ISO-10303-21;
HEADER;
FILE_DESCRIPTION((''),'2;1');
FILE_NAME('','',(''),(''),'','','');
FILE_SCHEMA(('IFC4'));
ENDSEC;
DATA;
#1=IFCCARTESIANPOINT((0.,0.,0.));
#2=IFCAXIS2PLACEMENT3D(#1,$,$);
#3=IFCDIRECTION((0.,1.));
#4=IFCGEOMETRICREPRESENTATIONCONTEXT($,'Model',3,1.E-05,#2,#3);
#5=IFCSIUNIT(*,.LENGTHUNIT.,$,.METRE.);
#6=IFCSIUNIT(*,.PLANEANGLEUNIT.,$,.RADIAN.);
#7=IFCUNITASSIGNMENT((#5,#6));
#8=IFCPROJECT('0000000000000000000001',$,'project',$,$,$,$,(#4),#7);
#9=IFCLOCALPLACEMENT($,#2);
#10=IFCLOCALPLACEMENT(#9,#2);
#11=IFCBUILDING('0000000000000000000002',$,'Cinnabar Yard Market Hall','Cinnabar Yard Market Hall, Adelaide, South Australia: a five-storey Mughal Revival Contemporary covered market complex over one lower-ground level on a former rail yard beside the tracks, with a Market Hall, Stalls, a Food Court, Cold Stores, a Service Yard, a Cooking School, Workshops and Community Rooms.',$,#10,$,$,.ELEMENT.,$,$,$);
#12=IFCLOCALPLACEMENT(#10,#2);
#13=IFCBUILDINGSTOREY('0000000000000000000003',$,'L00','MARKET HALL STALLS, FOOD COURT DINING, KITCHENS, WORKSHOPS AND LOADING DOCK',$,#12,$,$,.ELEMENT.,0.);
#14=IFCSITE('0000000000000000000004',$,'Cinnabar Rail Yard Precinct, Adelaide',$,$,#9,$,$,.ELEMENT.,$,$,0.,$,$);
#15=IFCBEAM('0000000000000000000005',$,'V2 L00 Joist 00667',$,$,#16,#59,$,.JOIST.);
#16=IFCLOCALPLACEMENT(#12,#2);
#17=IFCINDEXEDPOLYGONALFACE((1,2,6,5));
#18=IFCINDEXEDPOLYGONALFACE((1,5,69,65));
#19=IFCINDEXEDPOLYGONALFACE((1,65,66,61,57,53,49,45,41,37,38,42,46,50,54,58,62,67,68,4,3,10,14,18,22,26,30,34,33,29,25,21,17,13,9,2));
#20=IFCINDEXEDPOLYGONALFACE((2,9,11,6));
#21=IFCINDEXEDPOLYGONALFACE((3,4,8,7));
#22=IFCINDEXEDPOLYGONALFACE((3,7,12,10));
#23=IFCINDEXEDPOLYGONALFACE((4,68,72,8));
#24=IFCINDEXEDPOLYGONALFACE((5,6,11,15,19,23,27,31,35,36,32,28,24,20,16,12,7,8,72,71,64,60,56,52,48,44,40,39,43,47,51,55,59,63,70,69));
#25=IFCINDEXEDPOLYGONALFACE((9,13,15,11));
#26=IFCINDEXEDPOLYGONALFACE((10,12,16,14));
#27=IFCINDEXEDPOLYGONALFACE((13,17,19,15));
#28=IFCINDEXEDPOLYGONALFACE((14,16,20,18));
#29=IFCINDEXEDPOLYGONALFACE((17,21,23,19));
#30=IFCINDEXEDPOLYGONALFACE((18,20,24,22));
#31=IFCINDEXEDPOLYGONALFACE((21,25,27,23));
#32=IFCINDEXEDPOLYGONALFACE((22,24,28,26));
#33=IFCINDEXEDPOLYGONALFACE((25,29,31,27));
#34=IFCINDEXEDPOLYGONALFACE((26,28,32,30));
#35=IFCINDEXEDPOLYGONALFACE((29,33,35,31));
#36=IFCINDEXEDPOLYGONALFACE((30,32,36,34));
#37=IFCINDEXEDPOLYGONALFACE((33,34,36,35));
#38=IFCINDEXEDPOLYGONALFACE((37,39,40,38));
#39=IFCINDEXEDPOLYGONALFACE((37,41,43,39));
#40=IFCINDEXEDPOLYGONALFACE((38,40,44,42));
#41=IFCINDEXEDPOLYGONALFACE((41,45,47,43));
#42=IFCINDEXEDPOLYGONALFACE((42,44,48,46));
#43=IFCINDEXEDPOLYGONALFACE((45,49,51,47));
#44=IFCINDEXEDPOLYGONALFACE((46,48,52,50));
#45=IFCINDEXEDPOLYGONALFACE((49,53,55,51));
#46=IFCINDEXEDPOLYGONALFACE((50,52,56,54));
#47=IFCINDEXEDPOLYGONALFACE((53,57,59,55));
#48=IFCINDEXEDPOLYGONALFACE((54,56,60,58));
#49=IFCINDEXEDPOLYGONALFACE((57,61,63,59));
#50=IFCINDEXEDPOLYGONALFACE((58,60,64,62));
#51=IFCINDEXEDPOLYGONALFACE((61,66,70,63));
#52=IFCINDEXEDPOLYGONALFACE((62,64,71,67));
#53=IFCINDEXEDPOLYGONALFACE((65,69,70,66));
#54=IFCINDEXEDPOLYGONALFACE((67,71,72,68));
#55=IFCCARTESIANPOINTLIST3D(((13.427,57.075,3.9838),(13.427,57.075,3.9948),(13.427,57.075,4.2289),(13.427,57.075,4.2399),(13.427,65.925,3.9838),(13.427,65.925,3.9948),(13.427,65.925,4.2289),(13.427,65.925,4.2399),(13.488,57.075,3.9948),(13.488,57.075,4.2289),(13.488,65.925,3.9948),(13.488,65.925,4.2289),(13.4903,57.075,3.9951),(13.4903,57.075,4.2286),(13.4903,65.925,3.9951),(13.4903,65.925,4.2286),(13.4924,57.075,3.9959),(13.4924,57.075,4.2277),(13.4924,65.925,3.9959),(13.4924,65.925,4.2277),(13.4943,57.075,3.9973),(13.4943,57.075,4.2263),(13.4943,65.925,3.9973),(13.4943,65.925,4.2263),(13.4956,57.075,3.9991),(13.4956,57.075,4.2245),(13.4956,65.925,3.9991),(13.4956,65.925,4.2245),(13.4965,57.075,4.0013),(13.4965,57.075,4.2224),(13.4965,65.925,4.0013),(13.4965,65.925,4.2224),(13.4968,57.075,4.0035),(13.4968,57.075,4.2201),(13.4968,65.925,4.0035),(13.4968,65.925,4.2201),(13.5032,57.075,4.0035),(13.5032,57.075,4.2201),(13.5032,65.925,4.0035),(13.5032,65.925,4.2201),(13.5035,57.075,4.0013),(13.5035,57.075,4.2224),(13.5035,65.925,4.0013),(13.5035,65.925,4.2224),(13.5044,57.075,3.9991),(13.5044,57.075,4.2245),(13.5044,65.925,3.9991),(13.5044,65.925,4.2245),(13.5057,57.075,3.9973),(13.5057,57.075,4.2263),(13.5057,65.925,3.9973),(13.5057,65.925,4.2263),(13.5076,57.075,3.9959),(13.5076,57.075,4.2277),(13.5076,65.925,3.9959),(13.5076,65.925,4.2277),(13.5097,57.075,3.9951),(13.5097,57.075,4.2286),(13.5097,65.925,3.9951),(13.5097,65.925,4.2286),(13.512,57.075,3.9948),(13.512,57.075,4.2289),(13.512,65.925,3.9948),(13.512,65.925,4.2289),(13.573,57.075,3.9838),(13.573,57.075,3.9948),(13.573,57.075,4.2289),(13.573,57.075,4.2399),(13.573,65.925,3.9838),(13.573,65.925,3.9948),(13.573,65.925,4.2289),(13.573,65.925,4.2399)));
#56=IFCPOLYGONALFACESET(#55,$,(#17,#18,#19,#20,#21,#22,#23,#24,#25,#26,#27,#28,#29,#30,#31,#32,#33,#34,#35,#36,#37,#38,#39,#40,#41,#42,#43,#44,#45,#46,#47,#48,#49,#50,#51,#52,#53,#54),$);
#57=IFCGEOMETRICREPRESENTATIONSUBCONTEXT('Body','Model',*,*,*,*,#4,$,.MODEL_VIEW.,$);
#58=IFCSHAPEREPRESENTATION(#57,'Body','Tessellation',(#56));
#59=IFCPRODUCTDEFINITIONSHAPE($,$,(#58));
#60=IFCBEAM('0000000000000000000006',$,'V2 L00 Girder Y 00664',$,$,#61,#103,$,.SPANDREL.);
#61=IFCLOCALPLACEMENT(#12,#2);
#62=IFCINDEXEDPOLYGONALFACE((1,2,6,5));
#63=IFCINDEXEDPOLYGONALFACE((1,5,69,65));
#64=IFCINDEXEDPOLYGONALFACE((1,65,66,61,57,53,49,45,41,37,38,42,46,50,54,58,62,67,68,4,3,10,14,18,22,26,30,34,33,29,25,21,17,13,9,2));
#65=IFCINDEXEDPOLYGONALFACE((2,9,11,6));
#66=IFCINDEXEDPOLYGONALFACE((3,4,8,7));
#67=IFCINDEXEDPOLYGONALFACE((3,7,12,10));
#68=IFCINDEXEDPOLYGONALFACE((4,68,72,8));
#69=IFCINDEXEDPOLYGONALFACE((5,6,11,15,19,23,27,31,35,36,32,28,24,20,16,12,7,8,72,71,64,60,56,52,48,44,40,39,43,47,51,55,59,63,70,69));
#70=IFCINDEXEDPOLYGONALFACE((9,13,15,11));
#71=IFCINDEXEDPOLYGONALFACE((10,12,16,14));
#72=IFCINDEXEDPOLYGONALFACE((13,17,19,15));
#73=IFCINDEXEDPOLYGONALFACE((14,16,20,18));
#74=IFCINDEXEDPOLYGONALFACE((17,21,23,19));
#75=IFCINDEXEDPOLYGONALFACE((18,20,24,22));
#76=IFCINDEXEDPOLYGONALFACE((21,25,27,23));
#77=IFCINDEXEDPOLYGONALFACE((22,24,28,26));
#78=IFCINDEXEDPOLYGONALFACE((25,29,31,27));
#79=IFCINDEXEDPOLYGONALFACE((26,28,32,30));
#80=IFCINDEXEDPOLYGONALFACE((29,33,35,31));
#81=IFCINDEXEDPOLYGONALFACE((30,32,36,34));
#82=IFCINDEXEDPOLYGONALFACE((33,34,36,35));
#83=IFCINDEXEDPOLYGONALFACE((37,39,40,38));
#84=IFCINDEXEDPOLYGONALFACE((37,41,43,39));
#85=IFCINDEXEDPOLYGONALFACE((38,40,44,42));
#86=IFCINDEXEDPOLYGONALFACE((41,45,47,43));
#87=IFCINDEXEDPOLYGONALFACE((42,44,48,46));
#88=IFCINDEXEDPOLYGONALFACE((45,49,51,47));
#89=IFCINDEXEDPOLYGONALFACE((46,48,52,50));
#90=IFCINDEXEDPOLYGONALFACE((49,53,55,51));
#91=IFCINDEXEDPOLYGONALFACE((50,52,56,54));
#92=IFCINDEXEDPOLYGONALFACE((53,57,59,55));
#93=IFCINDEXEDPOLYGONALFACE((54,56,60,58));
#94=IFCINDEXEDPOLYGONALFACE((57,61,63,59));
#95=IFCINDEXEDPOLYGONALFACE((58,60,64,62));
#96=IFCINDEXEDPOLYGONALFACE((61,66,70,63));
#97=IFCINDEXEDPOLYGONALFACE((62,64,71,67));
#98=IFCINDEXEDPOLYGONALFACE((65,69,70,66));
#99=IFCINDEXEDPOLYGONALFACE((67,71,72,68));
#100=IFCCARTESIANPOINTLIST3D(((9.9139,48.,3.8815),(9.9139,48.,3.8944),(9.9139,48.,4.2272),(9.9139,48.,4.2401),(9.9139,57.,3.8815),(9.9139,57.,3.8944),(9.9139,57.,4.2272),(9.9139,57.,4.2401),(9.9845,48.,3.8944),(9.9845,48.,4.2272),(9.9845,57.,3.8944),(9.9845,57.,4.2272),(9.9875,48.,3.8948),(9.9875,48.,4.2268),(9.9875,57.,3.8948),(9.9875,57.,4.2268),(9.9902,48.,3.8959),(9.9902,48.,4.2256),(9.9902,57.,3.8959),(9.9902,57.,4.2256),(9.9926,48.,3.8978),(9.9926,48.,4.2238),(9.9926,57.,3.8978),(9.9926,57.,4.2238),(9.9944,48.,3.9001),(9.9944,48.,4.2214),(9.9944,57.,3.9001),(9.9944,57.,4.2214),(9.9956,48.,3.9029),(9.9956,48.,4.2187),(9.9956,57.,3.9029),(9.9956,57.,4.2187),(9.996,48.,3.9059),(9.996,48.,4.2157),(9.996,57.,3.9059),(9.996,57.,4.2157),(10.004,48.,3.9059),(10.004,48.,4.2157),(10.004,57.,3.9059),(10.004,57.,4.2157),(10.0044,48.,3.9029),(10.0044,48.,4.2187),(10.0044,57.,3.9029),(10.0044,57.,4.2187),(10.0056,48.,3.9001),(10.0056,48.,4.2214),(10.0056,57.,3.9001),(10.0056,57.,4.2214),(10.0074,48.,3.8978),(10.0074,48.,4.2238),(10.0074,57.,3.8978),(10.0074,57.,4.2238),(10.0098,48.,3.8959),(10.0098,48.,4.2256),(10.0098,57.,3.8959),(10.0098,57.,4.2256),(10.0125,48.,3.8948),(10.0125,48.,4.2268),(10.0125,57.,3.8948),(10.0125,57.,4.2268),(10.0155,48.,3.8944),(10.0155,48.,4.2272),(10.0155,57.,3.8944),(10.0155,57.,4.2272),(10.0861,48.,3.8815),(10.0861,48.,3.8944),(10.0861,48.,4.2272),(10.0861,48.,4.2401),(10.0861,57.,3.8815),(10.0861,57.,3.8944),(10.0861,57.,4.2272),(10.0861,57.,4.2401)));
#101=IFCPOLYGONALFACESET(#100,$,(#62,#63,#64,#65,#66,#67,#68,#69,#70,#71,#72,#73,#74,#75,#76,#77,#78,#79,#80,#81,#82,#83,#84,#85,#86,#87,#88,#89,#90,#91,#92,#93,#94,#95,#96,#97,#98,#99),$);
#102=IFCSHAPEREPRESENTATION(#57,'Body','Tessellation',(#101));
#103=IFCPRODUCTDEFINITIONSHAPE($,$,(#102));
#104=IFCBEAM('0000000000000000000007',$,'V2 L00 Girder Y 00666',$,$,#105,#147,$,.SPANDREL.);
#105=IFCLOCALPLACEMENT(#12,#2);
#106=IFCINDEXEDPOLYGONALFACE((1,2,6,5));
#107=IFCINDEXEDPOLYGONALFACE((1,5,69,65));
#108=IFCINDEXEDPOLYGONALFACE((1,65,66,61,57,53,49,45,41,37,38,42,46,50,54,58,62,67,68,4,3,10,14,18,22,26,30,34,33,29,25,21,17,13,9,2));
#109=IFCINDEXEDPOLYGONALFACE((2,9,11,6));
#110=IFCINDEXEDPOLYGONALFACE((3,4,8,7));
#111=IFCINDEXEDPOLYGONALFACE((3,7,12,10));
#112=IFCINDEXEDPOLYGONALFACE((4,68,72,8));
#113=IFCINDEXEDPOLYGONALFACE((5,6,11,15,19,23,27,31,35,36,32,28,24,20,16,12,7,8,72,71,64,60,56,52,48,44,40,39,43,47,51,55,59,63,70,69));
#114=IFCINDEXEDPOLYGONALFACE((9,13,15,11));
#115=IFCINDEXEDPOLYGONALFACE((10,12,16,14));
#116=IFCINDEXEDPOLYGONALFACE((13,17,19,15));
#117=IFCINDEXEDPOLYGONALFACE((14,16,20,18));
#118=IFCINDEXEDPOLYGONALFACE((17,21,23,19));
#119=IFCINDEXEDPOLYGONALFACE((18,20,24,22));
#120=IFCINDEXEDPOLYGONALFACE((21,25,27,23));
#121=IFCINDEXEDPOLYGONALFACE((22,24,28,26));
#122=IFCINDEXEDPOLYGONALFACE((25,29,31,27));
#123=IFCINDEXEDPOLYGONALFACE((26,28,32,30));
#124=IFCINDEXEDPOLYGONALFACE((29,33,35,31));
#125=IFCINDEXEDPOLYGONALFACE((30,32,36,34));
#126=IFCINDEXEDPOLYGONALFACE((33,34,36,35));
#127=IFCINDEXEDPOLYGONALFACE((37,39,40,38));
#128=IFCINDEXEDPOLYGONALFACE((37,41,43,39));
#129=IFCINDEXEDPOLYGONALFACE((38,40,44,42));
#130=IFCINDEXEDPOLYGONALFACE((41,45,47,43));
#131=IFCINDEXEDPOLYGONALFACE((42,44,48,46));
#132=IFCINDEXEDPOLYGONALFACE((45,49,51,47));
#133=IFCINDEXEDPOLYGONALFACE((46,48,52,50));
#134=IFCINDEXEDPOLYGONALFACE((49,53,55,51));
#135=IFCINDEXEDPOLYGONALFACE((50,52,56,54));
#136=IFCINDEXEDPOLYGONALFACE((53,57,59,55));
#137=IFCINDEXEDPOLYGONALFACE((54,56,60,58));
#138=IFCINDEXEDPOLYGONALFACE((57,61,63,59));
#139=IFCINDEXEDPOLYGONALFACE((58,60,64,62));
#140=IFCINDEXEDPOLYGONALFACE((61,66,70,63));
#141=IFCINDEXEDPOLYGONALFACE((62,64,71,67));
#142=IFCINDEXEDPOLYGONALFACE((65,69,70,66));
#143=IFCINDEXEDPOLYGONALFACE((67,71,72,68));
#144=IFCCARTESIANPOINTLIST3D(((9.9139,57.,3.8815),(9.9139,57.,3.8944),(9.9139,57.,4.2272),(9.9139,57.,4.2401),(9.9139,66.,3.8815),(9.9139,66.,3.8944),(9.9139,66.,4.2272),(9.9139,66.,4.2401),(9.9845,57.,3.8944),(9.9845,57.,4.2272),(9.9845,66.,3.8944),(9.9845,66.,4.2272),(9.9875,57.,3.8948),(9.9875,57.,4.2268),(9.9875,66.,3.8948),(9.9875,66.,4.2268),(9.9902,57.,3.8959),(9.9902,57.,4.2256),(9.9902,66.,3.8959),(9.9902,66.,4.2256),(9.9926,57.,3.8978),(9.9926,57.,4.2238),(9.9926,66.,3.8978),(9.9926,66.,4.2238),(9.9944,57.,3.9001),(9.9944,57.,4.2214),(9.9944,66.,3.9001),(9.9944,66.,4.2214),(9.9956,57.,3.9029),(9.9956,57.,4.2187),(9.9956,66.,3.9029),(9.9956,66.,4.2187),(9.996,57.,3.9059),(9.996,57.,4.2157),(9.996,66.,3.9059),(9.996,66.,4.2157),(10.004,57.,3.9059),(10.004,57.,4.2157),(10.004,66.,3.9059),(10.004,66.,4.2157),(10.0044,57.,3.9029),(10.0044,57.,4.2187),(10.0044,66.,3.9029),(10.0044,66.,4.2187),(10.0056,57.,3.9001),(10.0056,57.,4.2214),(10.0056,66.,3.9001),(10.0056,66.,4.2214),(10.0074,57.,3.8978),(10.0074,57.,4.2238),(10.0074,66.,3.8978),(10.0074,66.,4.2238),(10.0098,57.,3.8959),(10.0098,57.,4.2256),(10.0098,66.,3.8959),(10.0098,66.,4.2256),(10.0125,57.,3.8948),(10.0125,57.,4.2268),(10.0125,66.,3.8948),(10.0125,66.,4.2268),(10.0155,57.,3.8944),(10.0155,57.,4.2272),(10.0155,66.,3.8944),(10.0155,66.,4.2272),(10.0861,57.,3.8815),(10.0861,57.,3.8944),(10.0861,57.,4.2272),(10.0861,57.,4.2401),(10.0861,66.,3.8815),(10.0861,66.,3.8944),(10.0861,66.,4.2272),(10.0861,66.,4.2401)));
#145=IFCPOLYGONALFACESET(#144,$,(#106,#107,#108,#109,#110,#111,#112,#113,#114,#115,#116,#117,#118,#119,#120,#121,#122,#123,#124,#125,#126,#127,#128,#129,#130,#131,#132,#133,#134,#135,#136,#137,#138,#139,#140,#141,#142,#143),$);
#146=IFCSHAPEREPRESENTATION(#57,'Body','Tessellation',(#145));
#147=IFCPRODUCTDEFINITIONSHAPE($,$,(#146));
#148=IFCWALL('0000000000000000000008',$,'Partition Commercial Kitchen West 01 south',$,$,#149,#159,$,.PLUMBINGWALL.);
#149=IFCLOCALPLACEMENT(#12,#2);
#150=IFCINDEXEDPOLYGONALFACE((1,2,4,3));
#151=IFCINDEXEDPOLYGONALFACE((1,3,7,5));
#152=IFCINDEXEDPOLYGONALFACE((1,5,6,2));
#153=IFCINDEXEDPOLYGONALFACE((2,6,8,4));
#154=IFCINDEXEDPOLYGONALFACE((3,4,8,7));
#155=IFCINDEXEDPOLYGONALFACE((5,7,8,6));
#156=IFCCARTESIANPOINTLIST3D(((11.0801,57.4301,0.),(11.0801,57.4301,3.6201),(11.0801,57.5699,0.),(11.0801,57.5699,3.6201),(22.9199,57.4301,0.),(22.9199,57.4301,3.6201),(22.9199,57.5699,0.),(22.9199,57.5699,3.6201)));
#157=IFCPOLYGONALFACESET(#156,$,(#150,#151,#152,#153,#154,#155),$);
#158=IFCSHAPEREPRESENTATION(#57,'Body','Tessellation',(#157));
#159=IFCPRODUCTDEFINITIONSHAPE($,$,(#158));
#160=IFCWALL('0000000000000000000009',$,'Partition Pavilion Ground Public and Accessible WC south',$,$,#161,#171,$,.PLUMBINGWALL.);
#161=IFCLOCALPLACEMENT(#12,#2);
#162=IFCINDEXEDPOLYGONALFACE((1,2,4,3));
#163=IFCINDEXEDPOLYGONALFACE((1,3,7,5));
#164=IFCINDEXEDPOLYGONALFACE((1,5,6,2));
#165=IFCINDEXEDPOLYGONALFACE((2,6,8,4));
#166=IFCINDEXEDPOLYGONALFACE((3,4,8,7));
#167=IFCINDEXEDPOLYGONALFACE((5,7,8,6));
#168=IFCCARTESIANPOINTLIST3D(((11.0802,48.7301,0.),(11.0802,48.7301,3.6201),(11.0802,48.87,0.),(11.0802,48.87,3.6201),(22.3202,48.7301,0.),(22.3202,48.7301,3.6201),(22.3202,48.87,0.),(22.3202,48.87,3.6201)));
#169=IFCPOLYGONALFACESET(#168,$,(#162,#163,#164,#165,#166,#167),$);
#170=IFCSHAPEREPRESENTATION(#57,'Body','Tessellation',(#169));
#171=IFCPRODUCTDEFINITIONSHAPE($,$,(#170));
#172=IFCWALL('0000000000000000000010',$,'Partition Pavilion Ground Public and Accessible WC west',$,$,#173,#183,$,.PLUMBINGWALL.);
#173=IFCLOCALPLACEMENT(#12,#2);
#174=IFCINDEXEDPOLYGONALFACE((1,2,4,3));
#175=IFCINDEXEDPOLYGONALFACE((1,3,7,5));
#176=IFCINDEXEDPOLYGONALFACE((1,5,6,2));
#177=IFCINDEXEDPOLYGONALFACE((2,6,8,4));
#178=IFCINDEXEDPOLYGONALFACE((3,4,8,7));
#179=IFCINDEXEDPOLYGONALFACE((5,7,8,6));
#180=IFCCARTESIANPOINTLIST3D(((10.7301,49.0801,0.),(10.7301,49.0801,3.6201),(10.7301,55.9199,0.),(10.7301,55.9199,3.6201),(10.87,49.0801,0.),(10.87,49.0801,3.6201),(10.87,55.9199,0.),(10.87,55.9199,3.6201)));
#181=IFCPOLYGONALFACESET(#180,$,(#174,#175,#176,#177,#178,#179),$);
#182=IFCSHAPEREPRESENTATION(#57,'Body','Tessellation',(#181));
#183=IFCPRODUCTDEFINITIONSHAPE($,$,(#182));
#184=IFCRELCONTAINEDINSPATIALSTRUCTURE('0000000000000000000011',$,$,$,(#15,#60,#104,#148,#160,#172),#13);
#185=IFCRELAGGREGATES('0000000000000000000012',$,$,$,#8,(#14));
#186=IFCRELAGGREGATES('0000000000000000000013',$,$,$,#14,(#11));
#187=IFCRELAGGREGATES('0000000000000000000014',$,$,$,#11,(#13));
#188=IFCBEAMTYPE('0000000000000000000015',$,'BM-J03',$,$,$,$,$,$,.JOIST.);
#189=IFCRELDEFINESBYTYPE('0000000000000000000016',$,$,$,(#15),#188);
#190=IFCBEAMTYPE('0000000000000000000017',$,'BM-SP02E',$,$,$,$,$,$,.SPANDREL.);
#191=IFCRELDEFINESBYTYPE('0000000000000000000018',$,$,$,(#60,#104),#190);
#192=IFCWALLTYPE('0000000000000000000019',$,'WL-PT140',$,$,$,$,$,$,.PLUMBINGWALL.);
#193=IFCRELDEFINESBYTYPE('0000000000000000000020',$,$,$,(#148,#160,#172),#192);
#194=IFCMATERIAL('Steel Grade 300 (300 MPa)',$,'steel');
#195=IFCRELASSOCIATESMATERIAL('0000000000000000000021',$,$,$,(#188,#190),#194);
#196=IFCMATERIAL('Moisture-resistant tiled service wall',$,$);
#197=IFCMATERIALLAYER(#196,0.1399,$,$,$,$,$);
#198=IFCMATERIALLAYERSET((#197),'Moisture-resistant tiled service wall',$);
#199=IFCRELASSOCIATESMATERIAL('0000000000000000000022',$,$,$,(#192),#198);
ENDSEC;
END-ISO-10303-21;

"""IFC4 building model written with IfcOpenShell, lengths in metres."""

from ifc_helpers import new_model, si_unit, direction, frame, frame_2d, origin, origin_2d_with_axis, place, context, subcontext, project, spatial, rectangle, i_section, extrude, material, layer, layer_set, material_profile, profile_set, type_object, element, save


model = new_model("IFC4")

# Units and contexts
model_context = context("Model", 3, precision=1e-05, world=origin(), true_north=direction((0.0, 1.0)))
body_context = subcontext(model_context, "Body", "Model", "MODEL_VIEW")
ifc_project = project(units=[si_unit("LENGTHUNIT", "METRE"), si_unit("PLANEANGLEUNIT", "RADIAN")], contexts=[model_context])

# Site, building, storey
site_placement = place(None, origin())
site = spatial("IfcSite", under=ifc_project, at=site_placement, Name="Cinnabar Rail Yard Precinct, Adelaide", CompositionType="ELEMENT", RefElevation=0.0)
building_placement = place(site_placement, origin())
building = spatial("IfcBuilding", under=site, at=building_placement, Name="Cinnabar Yard Market Hall", Description="Cinnabar Yard Market Hall, Adelaide, South Australia: a five-storey Mughal Revival Contemporary covered market complex over one lower-ground level on a former rail yard beside the tracks, with a Market Hall, Stalls, a Food Court, Cold Stores, a Service Yard, a Cooking School, Workshops and Community Rooms.", CompositionType="ELEMENT")
storey_placement = place(building_placement, origin())
storey = spatial("IfcBuildingStorey", under=building, at=storey_placement, Name="L00", Description="MARKET HALL STALLS, FOOD COURT DINING, KITCHENS, WORKSHOPS AND LOADING DOCK", CompositionType="ELEMENT", Elevation=0.0)

# Shared definitions
ifc_material_1 = material(Name="Steel Grade 300 (300 MPa)", Category="steel")

# Beams
ifc_material_profile_1 = material_profile(ifc_material_1, i_section(OverallWidth=0.146, OverallDepth=0.2561, WebThickness=0.0063, FlangeThickness=0.011, FilletRadius=0.0088, at=origin_2d_with_axis()), Name="250UB37.3")
ifc_profile_set_1 = profile_set([ifc_material_profile_1], Name="Steel Grade 300 (300 MPa)")
beam_type_1 = type_object("IfcBeamType", Name="BM-J03", PredefinedType="JOIST", material=ifc_profile_set_1)
for number, where, z_axis, x_axis, name in (
    (1, (13.5, 57.075, 4.1118), (0.0, 1.0, 0.0), (-1.0, 0.0, 0.0), "V2 L00 Joist 00667"),
):
    element("IfcBeam", number, at=place(storey_placement, frame(where, z_axis=z_axis, x_axis=x_axis)), inside=storey, type_object=beam_type_1, Name=name, PredefinedType="JOIST", context=body_context, shape_type="SweptSolid", body=[
        extrude(i_section(OverallWidth=0.146, OverallDepth=0.2561, WebThickness=0.0063, FlangeThickness=0.011, FilletRadius=0.0088, at=origin_2d_with_axis()), origin(), (0.0, 0.0, 1.0), 8.8501),
    ])
ifc_material_profile_2 = material_profile(ifc_material_1, i_section(OverallWidth=0.1721, OverallDepth=0.3586, WebThickness=0.0081, FlangeThickness=0.0129, FilletRadius=0.0115, at=origin_2d_with_axis()), Name="360UB56.7")
ifc_profile_set_2 = profile_set([ifc_material_profile_2], Name="Steel Grade 300 (300 MPa)")
beam_type_2 = type_object("IfcBeamType", Name="BM-SP02E", PredefinedType="SPANDREL", material=ifc_profile_set_2)
for number, where, z_axis, x_axis, name in (
    (2, (10.0, 48.0, 4.0608), (0.0, 1.0, 0.0), (-1.0, 0.0, 0.0), "V2 L00 Girder Y 00664"),
    (3, (10.0, 57.0, 4.0608), (0.0, 1.0, 0.0), (-1.0, 0.0, 0.0), "V2 L00 Girder Y 00666"),
):
    element("IfcBeam", number, at=place(storey_placement, frame(where, z_axis=z_axis, x_axis=x_axis)), inside=storey, type_object=beam_type_2, Name=name, PredefinedType="SPANDREL", context=body_context, shape_type="SweptSolid", body=[
        extrude(i_section(OverallWidth=0.1721, OverallDepth=0.3586, WebThickness=0.0081, FlangeThickness=0.0129, FilletRadius=0.0115, at=origin_2d_with_axis()), origin(), (0.0, 0.0, 1.0), 9.0),
    ])

# Walls
ifc_material_2 = material(Name="Moisture-resistant tiled service wall")
ifc_layer_1 = layer(ifc_material_2, 0.1399)
ifc_layer_set_1 = layer_set([ifc_layer_1], Name="Moisture-resistant tiled service wall")
wall_type_1 = type_object("IfcWallType", Name="WL-PT140", PredefinedType="PLUMBINGWALL", material=ifc_layer_set_1)
wall_1_placement = place(storey_placement, frame((11.0801, 57.5, 0.0), z_axis=(0.0, 0.0, 1.0), x_axis=(1.0, 0.0, 0.0)))
element("IfcWall", 4, at=wall_1_placement, inside=storey, type_object=wall_type_1, Name="Partition Commercial Kitchen West 01 south", PredefinedType="PLUMBINGWALL", context=body_context, shape_type="SweptSolid", body=[
    extrude(rectangle(XDim=11.8398, YDim=0.1399, at=frame_2d((5.9199, 0.0), x_axis=(1.0, 0.0))), origin(), (0.0, 0.0, 1.0), 3.6201),
])
wall_2_placement = place(storey_placement, frame((11.0801, 48.8, 0.0), z_axis=(0.0, 0.0, 1.0), x_axis=(1.0, 0.0, 0.0)))
element("IfcWall", 5, at=wall_2_placement, inside=storey, type_object=wall_type_1, Name="Partition Pavilion Ground Public and Accessible WC south", PredefinedType="PLUMBINGWALL", context=body_context, shape_type="SweptSolid", body=[
    extrude(rectangle(XDim=11.24, YDim=0.1399, at=frame_2d((5.6201, 0.0), x_axis=(1.0, 0.0))), origin(), (0.0, 0.0, 1.0), 3.6201),
])
wall_3_placement = place(storey_placement, frame((10.8, 55.9199, 0.0), z_axis=(0.0, 0.0, 1.0), x_axis=(0.0, -1.0, 0.0)))
element("IfcWall", 6, at=wall_3_placement, inside=storey, type_object=wall_type_1, Name="Partition Pavilion Ground Public and Accessible WC west", PredefinedType="PLUMBINGWALL", context=body_context, shape_type="SweptSolid", body=[
    extrude(rectangle(XDim=6.8398, YDim=0.1399, at=frame_2d((3.4199, 0.0), x_axis=(1.0, 0.0))), origin(), (0.0, 0.0, 1.0), 3.6201),
])

save(model, "model.ifc")
